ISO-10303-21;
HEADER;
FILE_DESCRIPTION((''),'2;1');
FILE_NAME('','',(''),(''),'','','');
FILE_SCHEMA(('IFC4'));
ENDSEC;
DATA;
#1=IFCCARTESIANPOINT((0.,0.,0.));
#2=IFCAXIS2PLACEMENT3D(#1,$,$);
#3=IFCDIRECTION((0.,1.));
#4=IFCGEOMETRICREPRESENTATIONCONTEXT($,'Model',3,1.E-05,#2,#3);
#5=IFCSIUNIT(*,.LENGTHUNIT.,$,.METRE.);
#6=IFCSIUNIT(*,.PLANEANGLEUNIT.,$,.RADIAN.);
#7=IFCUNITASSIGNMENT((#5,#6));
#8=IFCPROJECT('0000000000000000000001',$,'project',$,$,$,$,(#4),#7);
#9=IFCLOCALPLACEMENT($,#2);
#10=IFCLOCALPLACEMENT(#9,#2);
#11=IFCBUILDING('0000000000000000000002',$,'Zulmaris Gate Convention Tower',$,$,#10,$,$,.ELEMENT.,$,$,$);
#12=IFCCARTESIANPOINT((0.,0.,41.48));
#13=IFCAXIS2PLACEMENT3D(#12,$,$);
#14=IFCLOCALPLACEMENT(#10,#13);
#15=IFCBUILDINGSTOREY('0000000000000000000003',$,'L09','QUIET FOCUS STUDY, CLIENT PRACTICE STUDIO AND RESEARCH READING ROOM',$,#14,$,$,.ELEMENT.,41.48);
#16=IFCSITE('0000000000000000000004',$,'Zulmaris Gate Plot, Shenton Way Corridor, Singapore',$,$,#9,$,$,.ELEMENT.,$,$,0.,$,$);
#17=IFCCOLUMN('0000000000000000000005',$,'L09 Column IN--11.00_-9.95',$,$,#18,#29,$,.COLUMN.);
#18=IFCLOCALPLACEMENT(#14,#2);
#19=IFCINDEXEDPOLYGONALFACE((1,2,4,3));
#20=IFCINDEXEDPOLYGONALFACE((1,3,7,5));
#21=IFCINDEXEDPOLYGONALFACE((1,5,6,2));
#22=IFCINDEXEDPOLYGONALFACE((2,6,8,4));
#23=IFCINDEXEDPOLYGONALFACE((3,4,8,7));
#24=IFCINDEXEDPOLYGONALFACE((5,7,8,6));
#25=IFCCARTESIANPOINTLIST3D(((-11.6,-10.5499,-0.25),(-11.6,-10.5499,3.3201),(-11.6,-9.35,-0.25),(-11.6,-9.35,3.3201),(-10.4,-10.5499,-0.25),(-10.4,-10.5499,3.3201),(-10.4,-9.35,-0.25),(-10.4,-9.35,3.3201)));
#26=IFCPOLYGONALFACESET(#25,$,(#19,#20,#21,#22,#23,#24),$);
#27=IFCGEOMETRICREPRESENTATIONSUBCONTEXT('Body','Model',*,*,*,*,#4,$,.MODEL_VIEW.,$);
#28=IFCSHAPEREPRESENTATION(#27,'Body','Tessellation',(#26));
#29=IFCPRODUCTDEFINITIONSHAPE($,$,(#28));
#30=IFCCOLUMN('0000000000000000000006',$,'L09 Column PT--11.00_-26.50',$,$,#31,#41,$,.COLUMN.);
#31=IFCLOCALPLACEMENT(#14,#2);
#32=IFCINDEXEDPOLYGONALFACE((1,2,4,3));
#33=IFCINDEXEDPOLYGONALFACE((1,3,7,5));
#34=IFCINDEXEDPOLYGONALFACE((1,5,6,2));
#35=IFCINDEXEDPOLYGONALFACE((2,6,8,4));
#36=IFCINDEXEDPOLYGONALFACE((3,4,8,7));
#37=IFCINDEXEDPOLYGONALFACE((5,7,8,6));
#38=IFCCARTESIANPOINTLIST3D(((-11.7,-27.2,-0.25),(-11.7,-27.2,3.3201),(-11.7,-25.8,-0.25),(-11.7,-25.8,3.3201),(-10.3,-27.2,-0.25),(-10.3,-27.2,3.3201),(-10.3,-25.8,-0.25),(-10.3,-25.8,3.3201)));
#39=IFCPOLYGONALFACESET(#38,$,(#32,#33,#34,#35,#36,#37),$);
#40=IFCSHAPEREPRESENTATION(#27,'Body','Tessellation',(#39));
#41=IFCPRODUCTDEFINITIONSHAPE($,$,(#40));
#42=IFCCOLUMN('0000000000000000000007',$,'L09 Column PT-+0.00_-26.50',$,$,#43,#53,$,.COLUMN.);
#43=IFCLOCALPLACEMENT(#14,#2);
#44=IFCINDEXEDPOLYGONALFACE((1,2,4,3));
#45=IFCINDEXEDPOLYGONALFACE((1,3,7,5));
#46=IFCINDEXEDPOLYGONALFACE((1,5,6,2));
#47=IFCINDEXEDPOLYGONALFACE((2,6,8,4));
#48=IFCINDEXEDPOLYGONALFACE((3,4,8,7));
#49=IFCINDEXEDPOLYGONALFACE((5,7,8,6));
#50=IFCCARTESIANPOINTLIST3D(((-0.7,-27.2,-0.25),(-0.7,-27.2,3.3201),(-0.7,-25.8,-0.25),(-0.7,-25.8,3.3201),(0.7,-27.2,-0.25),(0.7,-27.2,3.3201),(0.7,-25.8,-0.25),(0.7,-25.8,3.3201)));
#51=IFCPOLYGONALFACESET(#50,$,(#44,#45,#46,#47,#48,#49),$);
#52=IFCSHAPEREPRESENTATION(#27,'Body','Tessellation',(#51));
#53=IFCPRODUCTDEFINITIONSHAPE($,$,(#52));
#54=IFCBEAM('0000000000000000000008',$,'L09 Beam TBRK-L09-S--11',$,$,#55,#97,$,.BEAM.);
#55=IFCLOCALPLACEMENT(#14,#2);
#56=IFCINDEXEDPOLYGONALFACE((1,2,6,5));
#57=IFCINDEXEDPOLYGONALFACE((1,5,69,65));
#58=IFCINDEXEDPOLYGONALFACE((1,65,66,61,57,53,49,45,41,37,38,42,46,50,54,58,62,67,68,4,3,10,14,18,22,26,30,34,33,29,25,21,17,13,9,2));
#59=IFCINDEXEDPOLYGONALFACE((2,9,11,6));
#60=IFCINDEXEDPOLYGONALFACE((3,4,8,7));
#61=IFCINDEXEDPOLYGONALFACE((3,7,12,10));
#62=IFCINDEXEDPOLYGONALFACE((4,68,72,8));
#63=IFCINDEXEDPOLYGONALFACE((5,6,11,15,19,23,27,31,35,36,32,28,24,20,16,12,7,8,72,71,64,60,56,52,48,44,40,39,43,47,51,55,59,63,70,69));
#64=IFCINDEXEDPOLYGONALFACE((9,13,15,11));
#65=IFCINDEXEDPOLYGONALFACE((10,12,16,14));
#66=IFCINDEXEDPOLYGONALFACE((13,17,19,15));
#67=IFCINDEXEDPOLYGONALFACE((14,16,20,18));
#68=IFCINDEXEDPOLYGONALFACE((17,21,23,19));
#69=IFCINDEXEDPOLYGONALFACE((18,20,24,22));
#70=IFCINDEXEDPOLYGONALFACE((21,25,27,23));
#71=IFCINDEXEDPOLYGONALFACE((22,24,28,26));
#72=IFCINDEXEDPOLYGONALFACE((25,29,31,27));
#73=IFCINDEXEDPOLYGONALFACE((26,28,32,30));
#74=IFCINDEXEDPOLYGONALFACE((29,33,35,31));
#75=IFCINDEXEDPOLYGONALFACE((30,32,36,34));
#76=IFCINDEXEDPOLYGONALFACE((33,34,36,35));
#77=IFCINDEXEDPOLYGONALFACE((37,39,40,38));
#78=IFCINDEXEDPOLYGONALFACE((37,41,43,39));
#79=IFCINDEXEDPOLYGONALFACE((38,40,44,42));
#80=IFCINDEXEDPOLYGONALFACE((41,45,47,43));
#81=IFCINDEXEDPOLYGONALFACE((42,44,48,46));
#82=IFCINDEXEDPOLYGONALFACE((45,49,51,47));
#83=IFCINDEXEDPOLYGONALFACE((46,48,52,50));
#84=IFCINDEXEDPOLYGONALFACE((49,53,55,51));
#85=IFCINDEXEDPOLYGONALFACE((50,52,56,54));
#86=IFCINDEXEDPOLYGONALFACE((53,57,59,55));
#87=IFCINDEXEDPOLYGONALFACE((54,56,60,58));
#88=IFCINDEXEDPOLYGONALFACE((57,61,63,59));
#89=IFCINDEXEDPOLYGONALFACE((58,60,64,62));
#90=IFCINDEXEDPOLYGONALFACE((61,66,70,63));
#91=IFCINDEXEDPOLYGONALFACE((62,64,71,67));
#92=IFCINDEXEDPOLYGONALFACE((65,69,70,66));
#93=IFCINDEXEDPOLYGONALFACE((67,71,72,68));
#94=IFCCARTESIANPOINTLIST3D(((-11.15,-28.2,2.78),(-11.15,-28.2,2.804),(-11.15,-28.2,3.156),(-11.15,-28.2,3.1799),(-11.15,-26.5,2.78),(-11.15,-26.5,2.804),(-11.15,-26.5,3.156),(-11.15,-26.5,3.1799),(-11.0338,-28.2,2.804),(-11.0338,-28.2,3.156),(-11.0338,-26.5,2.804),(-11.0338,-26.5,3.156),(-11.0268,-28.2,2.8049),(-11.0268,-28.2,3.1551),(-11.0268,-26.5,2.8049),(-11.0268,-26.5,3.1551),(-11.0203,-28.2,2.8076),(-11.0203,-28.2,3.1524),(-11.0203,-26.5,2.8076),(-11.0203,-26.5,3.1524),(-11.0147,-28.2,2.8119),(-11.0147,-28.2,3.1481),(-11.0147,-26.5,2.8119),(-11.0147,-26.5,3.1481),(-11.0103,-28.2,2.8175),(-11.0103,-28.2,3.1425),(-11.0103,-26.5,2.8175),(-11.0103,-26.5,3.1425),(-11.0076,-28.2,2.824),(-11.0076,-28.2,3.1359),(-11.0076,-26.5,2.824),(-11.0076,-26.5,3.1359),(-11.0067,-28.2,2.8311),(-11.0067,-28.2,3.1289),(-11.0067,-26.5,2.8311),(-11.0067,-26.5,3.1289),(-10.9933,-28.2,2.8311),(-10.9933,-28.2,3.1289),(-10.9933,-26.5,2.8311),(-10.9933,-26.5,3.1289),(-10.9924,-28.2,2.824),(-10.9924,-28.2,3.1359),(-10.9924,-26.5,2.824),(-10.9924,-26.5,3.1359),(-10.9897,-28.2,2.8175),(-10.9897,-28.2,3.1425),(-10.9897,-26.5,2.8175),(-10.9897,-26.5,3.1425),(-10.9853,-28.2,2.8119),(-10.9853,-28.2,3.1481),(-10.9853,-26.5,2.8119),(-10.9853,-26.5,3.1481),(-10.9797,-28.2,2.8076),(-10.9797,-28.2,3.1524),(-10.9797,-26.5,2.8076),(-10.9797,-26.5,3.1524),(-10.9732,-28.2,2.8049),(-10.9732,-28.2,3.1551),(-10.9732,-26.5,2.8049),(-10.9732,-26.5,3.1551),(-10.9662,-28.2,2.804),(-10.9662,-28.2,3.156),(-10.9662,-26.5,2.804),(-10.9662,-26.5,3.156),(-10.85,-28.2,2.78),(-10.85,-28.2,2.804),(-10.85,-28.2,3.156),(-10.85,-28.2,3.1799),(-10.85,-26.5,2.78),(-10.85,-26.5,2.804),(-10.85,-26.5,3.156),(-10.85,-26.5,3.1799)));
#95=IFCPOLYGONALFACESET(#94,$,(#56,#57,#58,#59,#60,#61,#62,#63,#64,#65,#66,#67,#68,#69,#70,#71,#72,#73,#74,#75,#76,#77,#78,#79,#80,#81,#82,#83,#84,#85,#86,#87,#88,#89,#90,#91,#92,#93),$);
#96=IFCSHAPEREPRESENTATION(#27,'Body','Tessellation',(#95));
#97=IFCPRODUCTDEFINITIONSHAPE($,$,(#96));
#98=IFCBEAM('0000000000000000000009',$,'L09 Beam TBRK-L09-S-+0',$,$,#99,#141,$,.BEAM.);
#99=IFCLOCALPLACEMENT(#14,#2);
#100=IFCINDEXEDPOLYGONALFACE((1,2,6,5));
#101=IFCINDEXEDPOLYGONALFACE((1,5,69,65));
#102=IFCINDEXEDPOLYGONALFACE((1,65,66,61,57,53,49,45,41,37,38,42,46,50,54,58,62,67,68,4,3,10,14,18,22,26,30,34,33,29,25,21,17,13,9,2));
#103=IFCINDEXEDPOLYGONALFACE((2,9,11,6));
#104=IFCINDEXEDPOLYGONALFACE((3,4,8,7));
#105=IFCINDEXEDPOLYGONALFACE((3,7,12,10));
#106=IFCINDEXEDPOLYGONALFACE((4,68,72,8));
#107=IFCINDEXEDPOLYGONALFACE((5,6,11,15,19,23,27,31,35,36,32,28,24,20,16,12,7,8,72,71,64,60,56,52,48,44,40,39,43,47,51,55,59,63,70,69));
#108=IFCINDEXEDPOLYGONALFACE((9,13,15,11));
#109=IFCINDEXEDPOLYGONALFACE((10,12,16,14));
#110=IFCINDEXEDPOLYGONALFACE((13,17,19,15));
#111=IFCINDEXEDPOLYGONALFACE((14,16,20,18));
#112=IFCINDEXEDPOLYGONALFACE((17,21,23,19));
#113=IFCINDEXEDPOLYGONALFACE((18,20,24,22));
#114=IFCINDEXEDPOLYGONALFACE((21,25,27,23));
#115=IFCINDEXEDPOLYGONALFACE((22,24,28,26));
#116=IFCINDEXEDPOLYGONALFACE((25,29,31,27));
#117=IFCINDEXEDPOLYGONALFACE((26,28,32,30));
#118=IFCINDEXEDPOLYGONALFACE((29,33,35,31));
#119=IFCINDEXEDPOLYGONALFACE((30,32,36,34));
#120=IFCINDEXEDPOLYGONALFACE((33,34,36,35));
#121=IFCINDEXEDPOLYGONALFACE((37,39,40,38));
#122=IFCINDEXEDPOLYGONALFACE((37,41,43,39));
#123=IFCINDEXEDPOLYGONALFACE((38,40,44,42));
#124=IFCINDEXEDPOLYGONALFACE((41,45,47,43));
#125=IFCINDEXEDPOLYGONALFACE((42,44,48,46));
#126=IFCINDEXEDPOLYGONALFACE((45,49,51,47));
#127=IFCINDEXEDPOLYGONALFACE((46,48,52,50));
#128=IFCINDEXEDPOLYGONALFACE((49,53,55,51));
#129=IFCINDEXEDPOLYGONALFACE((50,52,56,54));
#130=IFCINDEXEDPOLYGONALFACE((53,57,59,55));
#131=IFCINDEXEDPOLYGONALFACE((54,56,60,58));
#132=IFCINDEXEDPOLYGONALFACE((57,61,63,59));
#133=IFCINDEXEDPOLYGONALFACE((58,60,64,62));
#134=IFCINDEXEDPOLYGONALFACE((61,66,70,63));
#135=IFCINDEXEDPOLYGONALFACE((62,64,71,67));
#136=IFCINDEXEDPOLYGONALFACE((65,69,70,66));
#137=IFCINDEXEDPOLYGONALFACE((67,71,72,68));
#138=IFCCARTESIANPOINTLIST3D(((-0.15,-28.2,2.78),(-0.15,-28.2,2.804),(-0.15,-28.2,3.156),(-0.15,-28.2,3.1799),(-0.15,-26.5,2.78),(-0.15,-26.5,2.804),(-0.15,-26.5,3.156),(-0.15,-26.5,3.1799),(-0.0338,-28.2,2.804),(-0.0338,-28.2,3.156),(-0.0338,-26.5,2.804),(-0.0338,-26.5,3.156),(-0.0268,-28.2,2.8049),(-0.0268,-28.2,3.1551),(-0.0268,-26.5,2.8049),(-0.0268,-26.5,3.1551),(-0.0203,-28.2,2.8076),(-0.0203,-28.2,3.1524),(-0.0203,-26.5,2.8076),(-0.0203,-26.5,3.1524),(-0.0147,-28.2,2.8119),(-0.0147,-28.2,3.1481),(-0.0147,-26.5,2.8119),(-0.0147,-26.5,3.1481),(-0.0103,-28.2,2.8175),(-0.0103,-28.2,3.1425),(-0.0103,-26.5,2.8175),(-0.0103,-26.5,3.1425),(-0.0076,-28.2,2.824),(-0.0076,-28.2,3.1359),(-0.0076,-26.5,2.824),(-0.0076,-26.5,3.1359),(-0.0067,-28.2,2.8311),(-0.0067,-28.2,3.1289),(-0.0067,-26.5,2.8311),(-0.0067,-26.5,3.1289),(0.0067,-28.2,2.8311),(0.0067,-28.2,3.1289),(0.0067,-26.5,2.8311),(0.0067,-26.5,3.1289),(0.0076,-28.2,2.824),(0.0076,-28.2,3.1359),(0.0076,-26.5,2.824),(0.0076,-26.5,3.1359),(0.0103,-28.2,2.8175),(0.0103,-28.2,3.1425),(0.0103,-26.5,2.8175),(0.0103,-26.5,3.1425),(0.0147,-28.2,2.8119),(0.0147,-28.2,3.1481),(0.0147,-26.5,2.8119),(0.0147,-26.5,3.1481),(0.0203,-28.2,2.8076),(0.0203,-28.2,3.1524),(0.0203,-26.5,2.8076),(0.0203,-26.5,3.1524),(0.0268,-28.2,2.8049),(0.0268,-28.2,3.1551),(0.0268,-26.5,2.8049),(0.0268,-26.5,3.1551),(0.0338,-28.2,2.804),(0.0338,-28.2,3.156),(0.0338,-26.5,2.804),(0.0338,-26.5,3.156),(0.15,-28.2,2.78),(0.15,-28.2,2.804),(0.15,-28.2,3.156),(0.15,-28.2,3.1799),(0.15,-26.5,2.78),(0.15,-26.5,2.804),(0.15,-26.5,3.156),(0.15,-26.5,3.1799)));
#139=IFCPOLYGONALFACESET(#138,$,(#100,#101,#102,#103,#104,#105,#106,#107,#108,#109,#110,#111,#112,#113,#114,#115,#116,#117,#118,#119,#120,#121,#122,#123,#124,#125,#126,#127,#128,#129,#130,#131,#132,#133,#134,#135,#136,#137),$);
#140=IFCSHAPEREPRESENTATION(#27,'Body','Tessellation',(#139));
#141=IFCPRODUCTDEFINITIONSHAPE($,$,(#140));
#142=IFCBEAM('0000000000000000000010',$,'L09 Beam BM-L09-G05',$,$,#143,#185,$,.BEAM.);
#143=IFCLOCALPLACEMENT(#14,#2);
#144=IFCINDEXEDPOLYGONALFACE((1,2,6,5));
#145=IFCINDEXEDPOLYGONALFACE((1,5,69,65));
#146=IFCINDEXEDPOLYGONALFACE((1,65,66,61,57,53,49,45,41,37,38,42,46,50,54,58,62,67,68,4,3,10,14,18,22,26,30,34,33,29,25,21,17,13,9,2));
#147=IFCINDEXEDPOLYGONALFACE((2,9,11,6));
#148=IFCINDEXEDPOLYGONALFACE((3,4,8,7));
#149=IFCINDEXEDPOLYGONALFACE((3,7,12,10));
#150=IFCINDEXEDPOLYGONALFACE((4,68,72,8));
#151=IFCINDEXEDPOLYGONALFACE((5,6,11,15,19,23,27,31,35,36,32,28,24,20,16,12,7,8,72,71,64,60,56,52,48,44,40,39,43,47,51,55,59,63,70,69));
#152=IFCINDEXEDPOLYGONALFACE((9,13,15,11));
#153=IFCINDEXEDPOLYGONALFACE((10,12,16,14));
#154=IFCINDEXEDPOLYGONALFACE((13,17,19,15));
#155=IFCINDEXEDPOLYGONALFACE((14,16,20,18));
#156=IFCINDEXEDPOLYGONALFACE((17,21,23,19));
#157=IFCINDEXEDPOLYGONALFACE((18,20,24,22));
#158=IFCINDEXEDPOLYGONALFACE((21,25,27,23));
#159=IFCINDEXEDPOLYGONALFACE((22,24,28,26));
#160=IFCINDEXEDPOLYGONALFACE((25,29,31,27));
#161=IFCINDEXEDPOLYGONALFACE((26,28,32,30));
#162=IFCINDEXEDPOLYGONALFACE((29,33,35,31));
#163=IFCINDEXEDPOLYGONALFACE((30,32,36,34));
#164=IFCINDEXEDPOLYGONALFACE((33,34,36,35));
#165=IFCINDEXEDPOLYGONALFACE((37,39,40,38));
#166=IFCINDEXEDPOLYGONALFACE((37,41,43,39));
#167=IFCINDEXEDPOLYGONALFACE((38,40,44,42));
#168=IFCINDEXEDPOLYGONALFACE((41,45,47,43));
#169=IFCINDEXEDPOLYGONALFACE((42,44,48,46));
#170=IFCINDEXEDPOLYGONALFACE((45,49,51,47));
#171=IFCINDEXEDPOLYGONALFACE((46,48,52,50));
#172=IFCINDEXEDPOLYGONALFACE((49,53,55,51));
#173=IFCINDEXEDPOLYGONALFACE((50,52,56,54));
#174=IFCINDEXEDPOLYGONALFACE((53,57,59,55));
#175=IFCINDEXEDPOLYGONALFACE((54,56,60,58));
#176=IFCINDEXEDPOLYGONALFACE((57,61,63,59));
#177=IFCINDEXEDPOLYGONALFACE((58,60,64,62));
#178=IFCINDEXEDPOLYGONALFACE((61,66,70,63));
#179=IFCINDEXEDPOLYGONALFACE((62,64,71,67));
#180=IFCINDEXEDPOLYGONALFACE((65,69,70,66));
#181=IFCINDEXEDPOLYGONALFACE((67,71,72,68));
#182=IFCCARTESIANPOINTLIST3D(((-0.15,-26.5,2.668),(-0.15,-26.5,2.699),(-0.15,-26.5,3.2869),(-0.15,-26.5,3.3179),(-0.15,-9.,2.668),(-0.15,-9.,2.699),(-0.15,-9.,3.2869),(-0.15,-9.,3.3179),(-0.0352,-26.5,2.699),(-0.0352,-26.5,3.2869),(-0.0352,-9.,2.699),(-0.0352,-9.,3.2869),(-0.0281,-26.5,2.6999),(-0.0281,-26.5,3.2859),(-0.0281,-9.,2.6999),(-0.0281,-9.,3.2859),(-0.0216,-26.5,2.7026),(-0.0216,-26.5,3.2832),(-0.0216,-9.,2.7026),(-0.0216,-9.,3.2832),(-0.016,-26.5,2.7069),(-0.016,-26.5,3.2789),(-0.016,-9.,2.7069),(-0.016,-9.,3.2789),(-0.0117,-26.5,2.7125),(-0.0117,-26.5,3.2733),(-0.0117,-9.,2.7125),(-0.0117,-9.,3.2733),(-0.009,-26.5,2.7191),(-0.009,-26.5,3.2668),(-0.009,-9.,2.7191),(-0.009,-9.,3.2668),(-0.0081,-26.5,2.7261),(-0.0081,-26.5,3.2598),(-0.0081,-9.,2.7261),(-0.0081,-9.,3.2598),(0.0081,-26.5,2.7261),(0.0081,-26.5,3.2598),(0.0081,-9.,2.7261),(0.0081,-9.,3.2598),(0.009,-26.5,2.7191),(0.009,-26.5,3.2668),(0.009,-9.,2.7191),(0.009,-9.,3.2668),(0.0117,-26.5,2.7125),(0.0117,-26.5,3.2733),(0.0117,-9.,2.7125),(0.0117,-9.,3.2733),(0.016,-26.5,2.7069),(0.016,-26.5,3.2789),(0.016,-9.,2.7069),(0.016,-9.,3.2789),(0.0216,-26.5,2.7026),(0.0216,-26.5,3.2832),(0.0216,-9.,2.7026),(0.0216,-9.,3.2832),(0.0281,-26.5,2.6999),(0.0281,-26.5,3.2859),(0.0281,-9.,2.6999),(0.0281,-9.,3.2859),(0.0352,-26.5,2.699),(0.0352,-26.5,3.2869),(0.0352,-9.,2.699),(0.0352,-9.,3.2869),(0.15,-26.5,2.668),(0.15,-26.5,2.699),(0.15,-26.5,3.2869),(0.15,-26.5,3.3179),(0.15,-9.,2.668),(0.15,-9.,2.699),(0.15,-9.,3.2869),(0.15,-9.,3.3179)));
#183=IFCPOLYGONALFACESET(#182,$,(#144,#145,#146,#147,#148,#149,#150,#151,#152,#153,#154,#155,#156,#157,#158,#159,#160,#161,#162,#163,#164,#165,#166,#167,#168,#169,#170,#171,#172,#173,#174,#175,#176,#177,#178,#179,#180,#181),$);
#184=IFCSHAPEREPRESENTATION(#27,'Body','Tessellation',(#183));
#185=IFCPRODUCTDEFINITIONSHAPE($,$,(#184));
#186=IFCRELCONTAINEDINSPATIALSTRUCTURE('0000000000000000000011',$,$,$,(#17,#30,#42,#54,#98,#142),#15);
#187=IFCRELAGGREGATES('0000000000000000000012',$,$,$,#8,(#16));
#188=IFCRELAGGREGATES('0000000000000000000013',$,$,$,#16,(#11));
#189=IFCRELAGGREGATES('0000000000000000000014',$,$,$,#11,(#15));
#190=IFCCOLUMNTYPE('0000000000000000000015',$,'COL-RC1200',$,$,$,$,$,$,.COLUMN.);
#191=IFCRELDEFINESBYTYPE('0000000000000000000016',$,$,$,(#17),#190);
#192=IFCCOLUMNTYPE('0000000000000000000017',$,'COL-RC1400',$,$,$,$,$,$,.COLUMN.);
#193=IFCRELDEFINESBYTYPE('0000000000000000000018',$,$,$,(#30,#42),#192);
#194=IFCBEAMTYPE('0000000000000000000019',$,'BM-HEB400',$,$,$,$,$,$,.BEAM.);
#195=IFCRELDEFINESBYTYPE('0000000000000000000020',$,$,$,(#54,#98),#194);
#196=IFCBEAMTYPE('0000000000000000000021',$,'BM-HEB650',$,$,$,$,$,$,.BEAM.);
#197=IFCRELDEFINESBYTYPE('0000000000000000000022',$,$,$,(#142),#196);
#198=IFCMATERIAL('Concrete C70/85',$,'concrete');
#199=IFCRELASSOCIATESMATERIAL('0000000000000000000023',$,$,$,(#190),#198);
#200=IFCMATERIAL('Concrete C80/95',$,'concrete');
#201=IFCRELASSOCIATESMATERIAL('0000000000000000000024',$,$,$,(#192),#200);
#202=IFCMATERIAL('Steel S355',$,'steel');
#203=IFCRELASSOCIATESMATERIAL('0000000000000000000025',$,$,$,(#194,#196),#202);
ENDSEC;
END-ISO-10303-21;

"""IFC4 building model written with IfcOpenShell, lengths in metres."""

from ifc_helpers import new_model, si_unit, direction, frame, origin, origin_2d, place, context, subcontext, project, spatial, rectangle, i_section, extrude, material, material_profile, profile_set, type_object, element, save


model = new_model("IFC4")

# Units and contexts
model_context = context("Model", 3, precision=1e-05, world=origin(), true_north=direction((0.0, 1.0)))
body_context = subcontext(model_context, "Body", "Model", "MODEL_VIEW")
ifc_project = project(units=[si_unit("LENGTHUNIT", "METRE"), si_unit("PLANEANGLEUNIT", "RADIAN")], contexts=[model_context])

# Site, building, storey
site_placement = place(None, origin())
site = spatial("IfcSite", under=ifc_project, at=site_placement, Name="Zulmaris Gate Plot, Shenton Way Corridor, Singapore", CompositionType="ELEMENT", RefElevation=0.0)
building_placement = place(site_placement, origin())
building = spatial("IfcBuilding", under=site, at=building_placement, Name="Zulmaris Gate Convention Tower", CompositionType="ELEMENT")
storey_placement = place(building_placement, frame((0.0, 0.0, 41.48)))
storey = spatial("IfcBuildingStorey", under=building, at=storey_placement, Name="L09", Description="QUIET FOCUS STUDY, CLIENT PRACTICE STUDIO AND RESEARCH READING ROOM", CompositionType="ELEMENT", Elevation=41.48)

# Columns
ifc_material_1 = material(Name="Concrete C70/85", Category="concrete")
ifc_material_profile_1 = material_profile(ifc_material_1, rectangle(XDim=1.2, YDim=1.2, at=origin_2d()), Name="RC COL 1200x1200")
ifc_profile_set_1 = profile_set([ifc_material_profile_1], Name="Concrete C70/85")
column_type_1 = type_object("IfcColumnType", Name="COL-RC1200", PredefinedType="COLUMN", material=ifc_profile_set_1)
column_placement = place(storey_placement, frame((-11.0, -9.95, -0.25), z_axis=(0.0, 0.0, 1.0), x_axis=(1.0, 0.0, 0.0)))
element("IfcColumn", 1, at=column_placement, inside=storey, type_object=column_type_1, Name="L09 Column IN--11.00_-9.95", PredefinedType="COLUMN", context=body_context, shape_type="SweptSolid", body=[
    extrude(rectangle(XDim=1.2, YDim=1.2, at=origin_2d()), origin(), (0.0, 0.0, 1.0), 3.5701),
])
ifc_material_2 = material(Name="Concrete C80/95", Category="concrete")
ifc_material_profile_2 = material_profile(ifc_material_2, rectangle(XDim=1.3999, YDim=1.3999, at=origin_2d()), Name="RC COL 1400x1400")
ifc_profile_set_2 = profile_set([ifc_material_profile_2], Name="Concrete C80/95")
column_type_2 = type_object("IfcColumnType", Name="COL-RC1400", PredefinedType="COLUMN", material=ifc_profile_set_2)
for number, where, z_axis, x_axis, name in (
    (2, (-11.0, -26.5, -0.25), (0.0, 0.0, 1.0), (1.0, 0.0, 0.0), "L09 Column PT--11.00_-26.50"),
    (3, (0.0, -26.5, -0.25), (0.0, 0.0, 1.0), (1.0, 0.0, 0.0), "L09 Column PT-+0.00_-26.50"),
):
    element("IfcColumn", number, at=place(storey_placement, frame(where, z_axis=z_axis, x_axis=x_axis)), inside=storey, type_object=column_type_2, Name=name, PredefinedType="COLUMN", context=body_context, shape_type="SweptSolid", body=[
        extrude(rectangle(XDim=1.3999, YDim=1.3999, at=origin_2d()), origin(), (0.0, 0.0, 1.0), 3.5701),
    ])

# Beams
ifc_material_3 = material(Name="Steel S355", Category="steel")
ifc_material_profile_3 = material_profile(ifc_material_3, i_section(OverallWidth=0.3, OverallDepth=0.3999, WebThickness=0.0134, FlangeThickness=0.0239, FilletRadius=0.0271, at=origin_2d()), Name="HEB 400")
ifc_profile_set_3 = profile_set([ifc_material_profile_3], Name="Steel S355")
beam_type_1 = type_object("IfcBeamType", Name="BM-HEB400", PredefinedType="BEAM", material=ifc_profile_set_3)
for number, where, z_axis, x_axis, name in (
    (4, (-11.0, -28.2, 2.98), (0.0, 1.0, 0.0), (-1.0, 0.0, 0.0), "L09 Beam TBRK-L09-S--11"),
    (5, (0.0, -28.2, 2.98), (0.0, 1.0, 0.0), (-1.0, 0.0, 0.0), "L09 Beam TBRK-L09-S-+0"),
):
    element("IfcBeam", number, at=place(storey_placement, frame(where, z_axis=z_axis, x_axis=x_axis)), inside=storey, type_object=beam_type_1, Name=name, PredefinedType="BEAM", context=body_context, shape_type="SweptSolid", body=[
        extrude(i_section(OverallWidth=0.3, OverallDepth=0.3999, WebThickness=0.0134, FlangeThickness=0.0239, FilletRadius=0.0271, at=origin_2d()), origin(), (0.0, 0.0, 1.0), 1.7),
    ])
ifc_material_profile_4 = material_profile(ifc_material_3, i_section(OverallWidth=0.3, OverallDepth=0.6499, WebThickness=0.0161, FlangeThickness=0.031, FilletRadius=0.0271, at=origin_2d()), Name="HEB 650")
ifc_profile_set_4 = profile_set([ifc_material_profile_4], Name="Steel S355")
beam_type_2 = type_object("IfcBeamType", Name="BM-HEB650", PredefinedType="BEAM", material=ifc_profile_set_4)
beam_1_placement = place(storey_placement, frame((0.0, -26.5, 2.9929), z_axis=(0.0, 1.0, 0.0), x_axis=(-1.0, 0.0, 0.0)))
element("IfcBeam", 6, at=beam_1_placement, inside=storey, type_object=beam_type_2, Name="L09 Beam BM-L09-G05", PredefinedType="BEAM", context=body_context, shape_type="SweptSolid", body=[
    extrude(i_section(OverallWidth=0.3, OverallDepth=0.6499, WebThickness=0.0161, FlangeThickness=0.031, FilletRadius=0.0271, at=origin_2d()), origin(), (0.0, 0.0, 1.0), 17.5),
])

save(model, "model.ifc")
